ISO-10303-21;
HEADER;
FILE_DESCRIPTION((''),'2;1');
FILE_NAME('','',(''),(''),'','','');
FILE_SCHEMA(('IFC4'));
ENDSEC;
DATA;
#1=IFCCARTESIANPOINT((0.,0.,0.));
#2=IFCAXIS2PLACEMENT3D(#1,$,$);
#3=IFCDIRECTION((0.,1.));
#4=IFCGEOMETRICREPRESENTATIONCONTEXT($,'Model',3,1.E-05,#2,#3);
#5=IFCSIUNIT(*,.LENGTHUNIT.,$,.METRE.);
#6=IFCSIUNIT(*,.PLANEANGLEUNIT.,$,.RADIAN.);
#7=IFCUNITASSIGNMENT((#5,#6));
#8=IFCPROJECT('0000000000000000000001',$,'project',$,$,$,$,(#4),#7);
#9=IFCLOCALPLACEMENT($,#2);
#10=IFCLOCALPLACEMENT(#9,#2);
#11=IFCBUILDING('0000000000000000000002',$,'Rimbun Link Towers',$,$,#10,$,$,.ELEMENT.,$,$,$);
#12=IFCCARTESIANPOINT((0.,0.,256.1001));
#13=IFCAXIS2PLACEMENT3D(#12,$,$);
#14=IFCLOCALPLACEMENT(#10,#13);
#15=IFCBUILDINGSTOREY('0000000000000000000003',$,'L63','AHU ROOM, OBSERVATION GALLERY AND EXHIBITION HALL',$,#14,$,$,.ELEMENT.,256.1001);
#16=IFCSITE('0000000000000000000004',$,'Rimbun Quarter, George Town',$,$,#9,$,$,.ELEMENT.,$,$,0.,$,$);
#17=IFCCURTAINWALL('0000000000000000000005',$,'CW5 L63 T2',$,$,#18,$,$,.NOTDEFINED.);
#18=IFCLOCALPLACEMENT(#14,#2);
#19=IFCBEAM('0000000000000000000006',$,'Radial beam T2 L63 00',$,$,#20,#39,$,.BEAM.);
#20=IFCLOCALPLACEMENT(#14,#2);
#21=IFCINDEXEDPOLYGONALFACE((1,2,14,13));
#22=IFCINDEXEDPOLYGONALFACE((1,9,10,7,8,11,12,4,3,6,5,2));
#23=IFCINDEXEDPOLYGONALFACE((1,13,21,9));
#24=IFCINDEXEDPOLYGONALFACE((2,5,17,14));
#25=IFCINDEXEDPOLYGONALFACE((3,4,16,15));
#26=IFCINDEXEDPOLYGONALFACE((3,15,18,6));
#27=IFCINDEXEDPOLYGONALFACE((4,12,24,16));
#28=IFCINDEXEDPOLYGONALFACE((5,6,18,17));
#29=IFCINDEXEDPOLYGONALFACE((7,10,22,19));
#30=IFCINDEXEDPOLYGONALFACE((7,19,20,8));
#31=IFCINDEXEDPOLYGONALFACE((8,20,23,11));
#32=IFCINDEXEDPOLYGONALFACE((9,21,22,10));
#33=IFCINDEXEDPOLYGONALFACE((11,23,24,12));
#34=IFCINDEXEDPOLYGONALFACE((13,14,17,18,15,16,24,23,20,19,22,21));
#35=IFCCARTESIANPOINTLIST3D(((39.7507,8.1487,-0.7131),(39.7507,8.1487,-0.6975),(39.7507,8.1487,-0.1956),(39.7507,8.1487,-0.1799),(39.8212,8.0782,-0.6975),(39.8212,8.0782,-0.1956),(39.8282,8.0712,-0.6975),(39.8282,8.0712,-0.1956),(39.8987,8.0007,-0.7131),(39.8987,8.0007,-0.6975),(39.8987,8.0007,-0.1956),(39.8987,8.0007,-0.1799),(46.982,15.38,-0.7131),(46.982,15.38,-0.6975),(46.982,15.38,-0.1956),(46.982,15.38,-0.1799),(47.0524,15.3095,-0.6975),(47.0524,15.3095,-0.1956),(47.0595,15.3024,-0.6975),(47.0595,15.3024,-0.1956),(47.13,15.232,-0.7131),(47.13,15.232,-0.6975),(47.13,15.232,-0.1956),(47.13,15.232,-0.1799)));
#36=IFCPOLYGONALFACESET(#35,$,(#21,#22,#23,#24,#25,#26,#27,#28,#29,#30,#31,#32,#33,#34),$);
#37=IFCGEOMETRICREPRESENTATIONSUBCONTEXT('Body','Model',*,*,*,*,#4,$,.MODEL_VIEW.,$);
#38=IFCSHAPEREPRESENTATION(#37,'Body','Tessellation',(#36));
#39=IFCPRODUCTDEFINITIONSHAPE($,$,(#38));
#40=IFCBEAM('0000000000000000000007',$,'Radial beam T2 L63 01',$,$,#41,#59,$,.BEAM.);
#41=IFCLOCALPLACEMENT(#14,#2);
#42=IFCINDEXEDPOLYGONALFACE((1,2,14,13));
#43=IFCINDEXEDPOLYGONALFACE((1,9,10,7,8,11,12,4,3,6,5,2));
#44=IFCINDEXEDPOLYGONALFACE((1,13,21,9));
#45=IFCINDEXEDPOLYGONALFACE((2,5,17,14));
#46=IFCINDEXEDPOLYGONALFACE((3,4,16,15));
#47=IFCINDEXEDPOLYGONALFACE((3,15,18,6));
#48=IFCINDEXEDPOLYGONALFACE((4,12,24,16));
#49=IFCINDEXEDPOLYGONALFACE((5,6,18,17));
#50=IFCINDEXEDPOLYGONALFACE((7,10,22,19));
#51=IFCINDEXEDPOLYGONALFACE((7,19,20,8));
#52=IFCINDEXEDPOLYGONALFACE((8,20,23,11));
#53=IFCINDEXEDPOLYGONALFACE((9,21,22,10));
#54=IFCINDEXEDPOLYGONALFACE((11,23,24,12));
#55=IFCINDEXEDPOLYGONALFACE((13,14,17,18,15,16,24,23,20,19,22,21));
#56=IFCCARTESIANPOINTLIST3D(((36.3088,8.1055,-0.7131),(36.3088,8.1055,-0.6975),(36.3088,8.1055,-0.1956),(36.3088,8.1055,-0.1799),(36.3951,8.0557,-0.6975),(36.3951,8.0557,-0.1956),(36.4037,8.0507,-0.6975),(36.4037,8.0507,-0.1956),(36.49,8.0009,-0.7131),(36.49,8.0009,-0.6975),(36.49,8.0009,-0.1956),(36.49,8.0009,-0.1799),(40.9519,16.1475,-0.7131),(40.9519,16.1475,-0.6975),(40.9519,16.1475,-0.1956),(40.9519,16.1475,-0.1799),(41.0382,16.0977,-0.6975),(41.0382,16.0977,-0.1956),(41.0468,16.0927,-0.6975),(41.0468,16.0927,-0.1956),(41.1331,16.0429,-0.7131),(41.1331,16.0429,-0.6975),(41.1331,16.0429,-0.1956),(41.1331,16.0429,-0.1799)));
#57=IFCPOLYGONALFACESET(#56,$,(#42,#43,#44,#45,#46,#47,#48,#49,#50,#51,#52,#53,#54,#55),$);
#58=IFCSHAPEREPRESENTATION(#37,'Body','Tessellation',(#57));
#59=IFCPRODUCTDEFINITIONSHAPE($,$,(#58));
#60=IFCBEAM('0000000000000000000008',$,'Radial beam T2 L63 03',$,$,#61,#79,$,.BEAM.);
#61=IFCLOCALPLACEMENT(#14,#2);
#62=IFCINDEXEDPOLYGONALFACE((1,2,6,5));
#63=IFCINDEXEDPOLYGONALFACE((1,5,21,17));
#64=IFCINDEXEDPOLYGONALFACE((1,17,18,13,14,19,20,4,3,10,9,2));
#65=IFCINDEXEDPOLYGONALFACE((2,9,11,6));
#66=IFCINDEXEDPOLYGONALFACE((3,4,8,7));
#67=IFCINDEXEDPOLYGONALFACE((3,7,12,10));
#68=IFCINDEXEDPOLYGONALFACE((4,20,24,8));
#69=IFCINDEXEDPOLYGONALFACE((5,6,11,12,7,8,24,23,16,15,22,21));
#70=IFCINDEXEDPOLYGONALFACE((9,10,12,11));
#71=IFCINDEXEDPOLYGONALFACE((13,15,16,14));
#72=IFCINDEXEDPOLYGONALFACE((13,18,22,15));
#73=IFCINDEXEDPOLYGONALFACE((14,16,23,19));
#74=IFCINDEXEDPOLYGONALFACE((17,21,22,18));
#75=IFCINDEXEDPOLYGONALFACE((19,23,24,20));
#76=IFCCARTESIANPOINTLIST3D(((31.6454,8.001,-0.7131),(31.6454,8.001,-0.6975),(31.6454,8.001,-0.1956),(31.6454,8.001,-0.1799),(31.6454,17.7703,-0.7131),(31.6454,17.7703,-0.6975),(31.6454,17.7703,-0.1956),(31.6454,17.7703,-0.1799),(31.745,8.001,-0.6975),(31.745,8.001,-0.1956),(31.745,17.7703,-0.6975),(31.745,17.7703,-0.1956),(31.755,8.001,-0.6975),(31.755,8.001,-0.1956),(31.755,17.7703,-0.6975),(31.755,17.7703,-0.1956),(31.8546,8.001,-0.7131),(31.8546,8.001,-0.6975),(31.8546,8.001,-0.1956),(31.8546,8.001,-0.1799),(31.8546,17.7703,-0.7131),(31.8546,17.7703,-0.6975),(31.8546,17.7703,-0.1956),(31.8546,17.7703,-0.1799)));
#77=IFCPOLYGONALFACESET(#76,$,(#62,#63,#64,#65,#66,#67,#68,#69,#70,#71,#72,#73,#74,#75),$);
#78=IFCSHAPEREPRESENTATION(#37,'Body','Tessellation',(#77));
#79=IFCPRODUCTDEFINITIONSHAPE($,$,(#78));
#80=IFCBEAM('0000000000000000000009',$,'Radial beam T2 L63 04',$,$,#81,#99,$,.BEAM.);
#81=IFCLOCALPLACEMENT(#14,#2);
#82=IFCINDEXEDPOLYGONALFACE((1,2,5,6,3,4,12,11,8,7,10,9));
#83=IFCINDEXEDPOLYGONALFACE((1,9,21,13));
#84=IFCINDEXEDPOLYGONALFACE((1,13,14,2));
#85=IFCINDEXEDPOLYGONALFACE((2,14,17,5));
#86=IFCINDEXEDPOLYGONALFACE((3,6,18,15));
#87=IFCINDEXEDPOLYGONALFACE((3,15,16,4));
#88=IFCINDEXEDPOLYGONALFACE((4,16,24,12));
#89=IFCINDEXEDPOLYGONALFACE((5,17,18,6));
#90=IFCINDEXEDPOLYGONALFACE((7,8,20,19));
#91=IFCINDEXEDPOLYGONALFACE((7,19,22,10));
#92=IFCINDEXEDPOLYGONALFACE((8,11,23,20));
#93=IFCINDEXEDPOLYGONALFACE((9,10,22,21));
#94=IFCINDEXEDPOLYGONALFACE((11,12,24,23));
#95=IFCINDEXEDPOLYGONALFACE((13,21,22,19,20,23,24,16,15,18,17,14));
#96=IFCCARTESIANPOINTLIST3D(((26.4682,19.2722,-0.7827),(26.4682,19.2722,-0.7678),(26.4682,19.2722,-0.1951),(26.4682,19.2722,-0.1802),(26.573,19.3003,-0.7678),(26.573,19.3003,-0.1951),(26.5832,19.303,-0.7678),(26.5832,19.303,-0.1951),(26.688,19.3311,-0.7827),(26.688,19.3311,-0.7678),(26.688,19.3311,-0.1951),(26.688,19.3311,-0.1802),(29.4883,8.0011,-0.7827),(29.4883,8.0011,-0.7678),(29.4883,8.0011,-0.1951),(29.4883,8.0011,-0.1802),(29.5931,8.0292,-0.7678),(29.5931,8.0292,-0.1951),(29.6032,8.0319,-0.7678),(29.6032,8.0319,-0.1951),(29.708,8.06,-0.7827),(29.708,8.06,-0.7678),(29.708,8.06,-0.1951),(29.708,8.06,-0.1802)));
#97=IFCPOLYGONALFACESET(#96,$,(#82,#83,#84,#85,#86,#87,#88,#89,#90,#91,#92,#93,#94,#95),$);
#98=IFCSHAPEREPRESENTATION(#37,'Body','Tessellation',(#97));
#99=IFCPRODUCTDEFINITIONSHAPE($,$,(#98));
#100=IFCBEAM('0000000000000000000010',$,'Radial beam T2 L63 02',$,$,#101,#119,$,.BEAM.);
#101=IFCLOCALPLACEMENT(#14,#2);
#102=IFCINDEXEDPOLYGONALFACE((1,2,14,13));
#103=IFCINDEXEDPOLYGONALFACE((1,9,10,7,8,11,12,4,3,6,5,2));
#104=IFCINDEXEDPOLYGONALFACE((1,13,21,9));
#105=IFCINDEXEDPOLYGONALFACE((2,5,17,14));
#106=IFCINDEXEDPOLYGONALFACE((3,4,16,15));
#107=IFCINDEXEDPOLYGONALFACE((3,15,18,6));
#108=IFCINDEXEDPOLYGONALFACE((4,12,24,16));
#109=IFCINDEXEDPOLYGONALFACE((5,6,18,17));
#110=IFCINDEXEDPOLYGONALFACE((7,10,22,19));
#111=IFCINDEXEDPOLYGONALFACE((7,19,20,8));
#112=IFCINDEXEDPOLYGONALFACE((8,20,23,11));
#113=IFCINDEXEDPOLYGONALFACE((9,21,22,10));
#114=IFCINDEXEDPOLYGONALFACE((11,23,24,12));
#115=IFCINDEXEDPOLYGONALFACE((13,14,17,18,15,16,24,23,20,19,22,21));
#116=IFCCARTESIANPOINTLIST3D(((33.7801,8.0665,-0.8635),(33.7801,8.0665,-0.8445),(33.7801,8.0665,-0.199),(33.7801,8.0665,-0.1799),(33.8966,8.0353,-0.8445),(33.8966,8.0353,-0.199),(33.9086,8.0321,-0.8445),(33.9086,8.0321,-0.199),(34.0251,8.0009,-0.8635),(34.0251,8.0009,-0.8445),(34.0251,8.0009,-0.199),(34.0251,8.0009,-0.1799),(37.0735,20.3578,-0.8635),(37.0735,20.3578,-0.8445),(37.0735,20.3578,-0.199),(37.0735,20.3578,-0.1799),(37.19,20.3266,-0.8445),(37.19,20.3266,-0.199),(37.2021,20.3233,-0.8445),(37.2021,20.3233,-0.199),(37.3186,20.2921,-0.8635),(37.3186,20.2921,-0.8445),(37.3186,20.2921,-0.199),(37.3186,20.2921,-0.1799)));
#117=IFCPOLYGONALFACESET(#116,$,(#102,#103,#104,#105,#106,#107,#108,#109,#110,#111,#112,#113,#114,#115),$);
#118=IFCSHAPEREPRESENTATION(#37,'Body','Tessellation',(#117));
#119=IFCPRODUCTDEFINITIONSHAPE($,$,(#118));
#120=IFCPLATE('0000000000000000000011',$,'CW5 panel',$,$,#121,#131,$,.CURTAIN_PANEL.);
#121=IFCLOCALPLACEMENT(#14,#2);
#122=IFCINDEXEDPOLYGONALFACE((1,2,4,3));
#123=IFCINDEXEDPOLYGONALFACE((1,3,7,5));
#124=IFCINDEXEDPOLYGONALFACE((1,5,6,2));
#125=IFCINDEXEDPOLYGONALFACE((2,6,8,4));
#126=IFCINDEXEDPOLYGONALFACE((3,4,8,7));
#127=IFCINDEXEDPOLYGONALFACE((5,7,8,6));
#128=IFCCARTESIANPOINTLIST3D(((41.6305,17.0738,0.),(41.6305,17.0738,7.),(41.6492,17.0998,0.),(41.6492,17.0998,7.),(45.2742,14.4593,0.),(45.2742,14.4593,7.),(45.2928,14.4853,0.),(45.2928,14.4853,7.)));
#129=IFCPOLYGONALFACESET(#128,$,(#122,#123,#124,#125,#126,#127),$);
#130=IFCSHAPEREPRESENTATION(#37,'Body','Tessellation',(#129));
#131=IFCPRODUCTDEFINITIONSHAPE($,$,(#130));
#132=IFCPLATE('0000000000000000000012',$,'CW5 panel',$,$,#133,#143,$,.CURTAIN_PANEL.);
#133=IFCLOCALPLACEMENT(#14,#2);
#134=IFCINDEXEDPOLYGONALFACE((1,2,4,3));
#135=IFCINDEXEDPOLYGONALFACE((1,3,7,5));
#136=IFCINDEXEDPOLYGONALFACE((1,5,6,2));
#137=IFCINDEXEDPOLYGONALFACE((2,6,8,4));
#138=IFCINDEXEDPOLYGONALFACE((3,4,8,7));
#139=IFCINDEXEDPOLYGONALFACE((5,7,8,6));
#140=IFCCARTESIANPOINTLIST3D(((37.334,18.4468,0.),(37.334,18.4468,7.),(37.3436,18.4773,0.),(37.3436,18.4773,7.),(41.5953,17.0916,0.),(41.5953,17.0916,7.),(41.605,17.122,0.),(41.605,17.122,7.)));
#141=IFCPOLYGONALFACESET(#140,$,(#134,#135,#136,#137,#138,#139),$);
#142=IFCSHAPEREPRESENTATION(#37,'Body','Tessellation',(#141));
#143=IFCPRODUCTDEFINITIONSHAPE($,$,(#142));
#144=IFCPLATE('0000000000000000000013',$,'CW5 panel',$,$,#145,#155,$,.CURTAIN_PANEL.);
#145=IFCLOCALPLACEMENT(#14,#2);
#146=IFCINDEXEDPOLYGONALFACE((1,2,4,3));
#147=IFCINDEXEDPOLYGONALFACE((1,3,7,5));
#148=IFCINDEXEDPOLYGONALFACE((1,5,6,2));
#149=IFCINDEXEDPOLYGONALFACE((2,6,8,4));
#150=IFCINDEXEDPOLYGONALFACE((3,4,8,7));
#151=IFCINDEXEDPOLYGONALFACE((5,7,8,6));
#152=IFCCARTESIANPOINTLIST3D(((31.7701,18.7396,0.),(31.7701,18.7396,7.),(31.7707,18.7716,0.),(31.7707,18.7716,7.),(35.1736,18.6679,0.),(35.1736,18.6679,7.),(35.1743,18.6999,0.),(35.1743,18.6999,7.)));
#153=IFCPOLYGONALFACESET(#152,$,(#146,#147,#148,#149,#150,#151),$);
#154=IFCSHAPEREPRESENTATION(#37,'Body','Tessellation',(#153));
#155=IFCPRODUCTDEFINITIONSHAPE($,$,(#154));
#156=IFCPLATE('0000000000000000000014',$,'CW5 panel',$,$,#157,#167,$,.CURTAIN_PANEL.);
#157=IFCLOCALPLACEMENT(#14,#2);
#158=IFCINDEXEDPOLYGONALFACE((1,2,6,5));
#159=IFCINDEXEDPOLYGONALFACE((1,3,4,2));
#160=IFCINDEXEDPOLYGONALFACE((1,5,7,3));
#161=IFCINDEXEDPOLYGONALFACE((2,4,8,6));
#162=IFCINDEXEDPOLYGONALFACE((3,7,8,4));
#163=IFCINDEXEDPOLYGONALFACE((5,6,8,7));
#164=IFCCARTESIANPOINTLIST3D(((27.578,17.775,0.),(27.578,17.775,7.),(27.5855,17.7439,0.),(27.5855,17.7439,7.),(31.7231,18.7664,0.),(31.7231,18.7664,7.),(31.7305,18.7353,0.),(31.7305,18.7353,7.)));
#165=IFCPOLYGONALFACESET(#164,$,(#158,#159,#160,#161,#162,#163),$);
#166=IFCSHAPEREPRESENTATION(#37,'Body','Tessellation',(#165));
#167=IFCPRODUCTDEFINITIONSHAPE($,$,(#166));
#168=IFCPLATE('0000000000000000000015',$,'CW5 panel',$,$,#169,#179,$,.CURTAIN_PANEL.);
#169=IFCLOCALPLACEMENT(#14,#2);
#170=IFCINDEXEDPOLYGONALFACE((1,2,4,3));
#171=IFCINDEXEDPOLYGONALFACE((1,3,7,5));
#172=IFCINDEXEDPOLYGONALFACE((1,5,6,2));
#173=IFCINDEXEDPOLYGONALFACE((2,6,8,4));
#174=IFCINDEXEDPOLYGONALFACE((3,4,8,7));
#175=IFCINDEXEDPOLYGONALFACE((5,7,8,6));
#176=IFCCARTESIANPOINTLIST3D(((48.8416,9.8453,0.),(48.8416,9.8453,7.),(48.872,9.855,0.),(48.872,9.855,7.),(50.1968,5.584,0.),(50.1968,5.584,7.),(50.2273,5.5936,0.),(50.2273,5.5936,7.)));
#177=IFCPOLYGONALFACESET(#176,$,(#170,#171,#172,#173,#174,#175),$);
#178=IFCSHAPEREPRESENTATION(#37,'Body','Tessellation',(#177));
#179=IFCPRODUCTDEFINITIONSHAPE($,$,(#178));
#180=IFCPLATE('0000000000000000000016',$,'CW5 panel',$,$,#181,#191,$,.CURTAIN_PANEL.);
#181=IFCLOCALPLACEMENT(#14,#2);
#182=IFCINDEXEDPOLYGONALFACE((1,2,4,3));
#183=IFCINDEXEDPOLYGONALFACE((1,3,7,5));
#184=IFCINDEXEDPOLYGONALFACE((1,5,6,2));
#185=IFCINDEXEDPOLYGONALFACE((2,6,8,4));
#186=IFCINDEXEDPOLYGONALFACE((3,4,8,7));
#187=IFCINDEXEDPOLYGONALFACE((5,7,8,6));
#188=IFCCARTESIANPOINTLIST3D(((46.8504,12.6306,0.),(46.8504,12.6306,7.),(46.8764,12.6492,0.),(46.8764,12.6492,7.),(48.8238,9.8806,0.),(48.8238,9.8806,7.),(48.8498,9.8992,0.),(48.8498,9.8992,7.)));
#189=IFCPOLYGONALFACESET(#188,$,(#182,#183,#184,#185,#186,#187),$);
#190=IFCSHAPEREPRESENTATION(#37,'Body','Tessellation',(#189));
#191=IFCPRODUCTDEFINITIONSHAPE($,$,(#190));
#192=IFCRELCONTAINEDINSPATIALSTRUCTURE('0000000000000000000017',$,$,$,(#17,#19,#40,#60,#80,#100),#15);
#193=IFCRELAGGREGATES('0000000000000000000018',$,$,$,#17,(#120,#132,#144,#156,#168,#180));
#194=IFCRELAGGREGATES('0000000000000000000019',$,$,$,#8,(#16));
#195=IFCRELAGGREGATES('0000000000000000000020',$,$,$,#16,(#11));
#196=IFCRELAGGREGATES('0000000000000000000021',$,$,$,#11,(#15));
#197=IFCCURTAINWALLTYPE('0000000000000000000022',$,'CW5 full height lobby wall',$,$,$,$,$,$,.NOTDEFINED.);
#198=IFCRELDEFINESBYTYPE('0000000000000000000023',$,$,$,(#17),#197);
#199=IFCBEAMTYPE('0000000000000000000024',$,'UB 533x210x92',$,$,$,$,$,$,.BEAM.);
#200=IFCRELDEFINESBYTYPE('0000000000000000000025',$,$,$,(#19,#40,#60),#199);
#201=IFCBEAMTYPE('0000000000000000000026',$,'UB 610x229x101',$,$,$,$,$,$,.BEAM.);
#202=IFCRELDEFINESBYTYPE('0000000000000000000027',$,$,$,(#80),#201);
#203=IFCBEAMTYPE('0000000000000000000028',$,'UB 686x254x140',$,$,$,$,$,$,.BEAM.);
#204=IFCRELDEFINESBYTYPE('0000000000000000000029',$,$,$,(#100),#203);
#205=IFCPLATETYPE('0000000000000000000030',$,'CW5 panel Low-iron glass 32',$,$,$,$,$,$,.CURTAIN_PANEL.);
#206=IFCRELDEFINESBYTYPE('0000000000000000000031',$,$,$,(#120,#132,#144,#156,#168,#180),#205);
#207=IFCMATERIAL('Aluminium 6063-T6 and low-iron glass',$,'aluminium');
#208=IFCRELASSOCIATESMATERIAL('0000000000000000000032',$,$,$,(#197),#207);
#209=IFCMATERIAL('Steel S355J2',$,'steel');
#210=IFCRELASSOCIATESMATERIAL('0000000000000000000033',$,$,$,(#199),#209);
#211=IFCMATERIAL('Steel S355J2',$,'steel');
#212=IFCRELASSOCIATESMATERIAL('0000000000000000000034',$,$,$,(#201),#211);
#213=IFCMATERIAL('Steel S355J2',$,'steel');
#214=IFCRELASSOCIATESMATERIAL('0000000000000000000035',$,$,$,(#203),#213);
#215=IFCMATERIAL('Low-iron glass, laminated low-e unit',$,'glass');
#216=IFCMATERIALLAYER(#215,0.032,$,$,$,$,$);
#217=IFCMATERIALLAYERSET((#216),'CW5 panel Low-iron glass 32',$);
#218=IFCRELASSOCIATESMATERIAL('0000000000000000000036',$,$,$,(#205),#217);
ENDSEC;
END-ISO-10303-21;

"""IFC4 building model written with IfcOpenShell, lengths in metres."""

from ifc_helpers import new_model, si_unit, direction, frame, origin, origin_2d, place, context, subcontext, project, spatial, rectangle, i_section, extrude, material, layer, layer_set, material_profile, profile_set, type_object, element, aggregate, save


model = new_model("IFC4")

# Units and contexts
model_context = context("Model", 3, precision=1e-05, world=origin(), true_north=direction((0.0, 1.0)))
body_context = subcontext(model_context, "Body", "Model", "MODEL_VIEW")
ifc_project = project(units=[si_unit("LENGTHUNIT", "METRE"), si_unit("PLANEANGLEUNIT", "RADIAN")], contexts=[model_context])

# Site, building, storey
site_placement = place(None, origin())
site = spatial("IfcSite", under=ifc_project, at=site_placement, Name="Rimbun Quarter, George Town", CompositionType="ELEMENT", RefElevation=0.0)
building_placement = place(site_placement, origin())
building = spatial("IfcBuilding", under=site, at=building_placement, Name="Rimbun Link Towers", CompositionType="ELEMENT")
storey_placement = place(building_placement, frame((0.0, 0.0, 256.1001)))
storey = spatial("IfcBuildingStorey", under=building, at=storey_placement, Name="L63", Description="AHU ROOM, OBSERVATION GALLERY AND EXHIBITION HALL", CompositionType="ELEMENT", Elevation=256.1001)

# Curtain wall
ifc_material_1 = material(Name="Aluminium 6063-T6 and low-iron glass", Category="aluminium")
curtain_wall_type = type_object("IfcCurtainWallType", Name="CW5 full height lobby wall", PredefinedType="NOTDEFINED", material=ifc_material_1)
curtain_wall_placement = place(storey_placement, origin())
curtain_wall = element("IfcCurtainWall", 1, at=curtain_wall_placement, inside=storey, type_object=curtain_wall_type, Name="CW5 L63 T2", PredefinedType="NOTDEFINED")

# Beams
ifc_material_2 = material(Name="Steel S355J2", Category="steel")
ifc_material_profile_1 = material_profile(ifc_material_2, i_section(OverallWidth=0.2092, OverallDepth=0.5332, WebThickness=0.01, FlangeThickness=0.0156, at=origin_2d()), Name="UB 533x210x92")
ifc_profile_set_1 = profile_set([ifc_material_profile_1], Name="Steel S355J2")
beam_type_1 = type_object("IfcBeamType", Name="UB 533x210x92", PredefinedType="BEAM", material=ifc_profile_set_1)
beam_1_placement = place(storey_placement, frame((39.8247, 8.0747, -0.4465), z_axis=(0.707107, 0.707107, 0.0), x_axis=(-0.707107, 0.707107, 0.0)))
element("IfcBeam", 2, at=beam_1_placement, inside=storey, type_object=beam_type_1, Name="Radial beam T2 L63 00", PredefinedType="BEAM", context=body_context, shape_type="SweptSolid", body=[
    extrude(i_section(OverallWidth=0.2092, OverallDepth=0.5332, WebThickness=0.01, FlangeThickness=0.0156, at=origin_2d()), origin(), (0.0, 0.0, 1.0), 10.2266),
])
beam_2_placement = place(storey_placement, frame((36.3994, 8.0532, -0.4465), z_axis=(0.500002, 0.866024, 0.0), x_axis=(-0.866024, 0.500002, 0.0)))
element("IfcBeam", 3, at=beam_2_placement, inside=storey, type_object=beam_type_1, Name="Radial beam T2 L63 01", PredefinedType="BEAM", context=body_context, shape_type="SweptSolid", body=[
    extrude(i_section(OverallWidth=0.2092, OverallDepth=0.5332, WebThickness=0.01, FlangeThickness=0.0156, at=origin_2d()), origin(), (0.0, 0.0, 1.0), 9.2861),
])
beam_3_placement = place(storey_placement, frame((31.75, 8.001, -0.4465), z_axis=(0.0, 1.0, 0.0), x_axis=(-1.0, 0.0, 0.0)))
element("IfcBeam", 4, at=beam_3_placement, inside=storey, type_object=beam_type_1, Name="Radial beam T2 L63 03", PredefinedType="BEAM", context=body_context, shape_type="SweptSolid", body=[
    extrude(i_section(OverallWidth=0.2092, OverallDepth=0.5332, WebThickness=0.01, FlangeThickness=0.0156, at=origin_2d()), origin(), (0.0, 0.0, 1.0), 9.7693),
])
ifc_material_3 = material(Name="Steel S355J2", Category="steel")
ifc_material_profile_2 = material_profile(ifc_material_3, i_section(OverallWidth=0.2275, OverallDepth=0.6025, WebThickness=0.0105, FlangeThickness=0.0149, at=origin_2d()), Name="UB 610x229x101")
ifc_profile_set_2 = profile_set([ifc_material_profile_2], Name="Steel S355J2")
beam_type_2 = type_object("IfcBeamType", Name="UB 610x229x101", PredefinedType="BEAM", material=ifc_profile_set_2)
beam_4_placement = place(storey_placement, frame((29.5981, 8.0305, -0.4814), z_axis=(-0.258816, 0.965927, 0.0), x_axis=(-0.965927, -0.258816, 0.0)))
element("IfcBeam", 5, at=beam_4_placement, inside=storey, type_object=beam_type_2, Name="Radial beam T2 L63 04", PredefinedType="BEAM", context=body_context, shape_type="SweptSolid", body=[
    extrude(i_section(OverallWidth=0.2275, OverallDepth=0.6025, WebThickness=0.0105, FlangeThickness=0.0149, at=origin_2d()), origin(), (0.0, 0.0, 1.0), 11.6687),
])
ifc_material_4 = material(Name="Steel S355J2", Category="steel")
ifc_material_profile_3 = material_profile(ifc_material_4, i_section(OverallWidth=0.2537, OverallDepth=0.6836, WebThickness=0.0125, FlangeThickness=0.019, at=origin_2d()), Name="UB 686x254x140")
ifc_profile_set_3 = profile_set([ifc_material_profile_3], Name="Steel S355J2")
beam_type_3 = type_object("IfcBeamType", Name="UB 686x254x140", PredefinedType="BEAM", material=ifc_profile_set_3)
beam_5_placement = place(storey_placement, frame((33.9026, 8.0337, -0.5217), z_axis=(0.258821, 0.965925, 0.0), x_axis=(-0.965925, 0.258821, 0.0)))
element("IfcBeam", 6, at=beam_5_placement, inside=storey, type_object=beam_type_3, Name="Radial beam T2 L63 02", PredefinedType="BEAM", context=body_context, shape_type="SweptSolid", body=[
    extrude(i_section(OverallWidth=0.2537, OverallDepth=0.6836, WebThickness=0.0125, FlangeThickness=0.019, at=origin_2d()), origin(), (0.0, 0.0, 1.0), 12.7249),
])

# Plates
ifc_material_5 = material(Name="Low-iron glass, laminated low-e unit", Category="glass")
ifc_layer_1 = layer(ifc_material_5, 0.032)
ifc_layer_set_1 = layer_set([ifc_layer_1], Name="CW5 panel Low-iron glass 32")
plate_type = type_object("IfcPlateType", Name="CW5 panel Low-iron glass 32", PredefinedType="CURTAIN_PANEL", material=ifc_layer_set_1)
plate_1_placement = place(storey_placement, frame((43.4617, 15.7795, 0.0), z_axis=(0.0, 0.0, 1.0), x_axis=(0.812468, -0.583006, 0.0)))
plate_1 = element("IfcPlate", 7, at=plate_1_placement, type_object=plate_type, Name="CW5 panel", PredefinedType="CURTAIN_PANEL", context=body_context, shape_type="SweptSolid", body=[
    extrude(rectangle(XDim=4.4846, YDim=0.032, at=origin_2d()), origin(), (0.0, 0.0, 1.0), 7.0),
])
plate_2_placement = place(storey_placement, frame((39.4695, 17.7844, 0.0), z_axis=(0.0, 0.0, 1.0), x_axis=(0.952967, -0.303074, 0.0)))
plate_2 = element("IfcPlate", 8, at=plate_2_placement, type_object=plate_type, Name="CW5 panel", PredefinedType="CURTAIN_PANEL", context=body_context, shape_type="SweptSolid", body=[
    extrude(rectangle(XDim=4.4717, YDim=0.032, at=origin_2d()), origin(), (0.0, 0.0, 1.0), 7.0),
])
plate_3_placement = place(storey_placement, frame((33.4722, 18.7197, 0.0), z_axis=(0.0, 0.0, 1.0), x_axis=(0.999778, -0.021064, 0.0)))
plate_3 = element("IfcPlate", 9, at=plate_3_placement, type_object=plate_type, Name="CW5 panel", PredefinedType="CURTAIN_PANEL", context=body_context, shape_type="SweptSolid", body=[
    extrude(rectangle(XDim=3.4043, YDim=0.032, at=origin_2d()), origin(), (0.0, 0.0, 1.0), 7.0),
])
plate_4_placement = place(storey_placement, frame((29.6543, 18.2551, 0.0), z_axis=(0.0, 0.0, 1.0), x_axis=(0.972571, 0.232606, 0.0)))
plate_4 = element("IfcPlate", 10, at=plate_4_placement, type_object=plate_type, Name="CW5 panel", PredefinedType="CURTAIN_PANEL", context=body_context, shape_type="SweptSolid", body=[
    extrude(rectangle(XDim=4.262, YDim=0.032, at=origin_2d()), origin(), (0.0, 0.0, 1.0), 7.0),
])
plate_5_placement = place(storey_placement, frame((49.5344, 7.7195, 0.0), z_axis=(0.0, 0.0, 1.0), x_axis=(0.303074, -0.952967, 0.0)))
plate_5 = element("IfcPlate", 11, at=plate_5_placement, type_object=plate_type, Name="CW5 panel", PredefinedType="CURTAIN_PANEL", context=body_context, shape_type="SweptSolid", body=[
    extrude(rectangle(XDim=4.4717, YDim=0.032, at=origin_2d()), origin(), (0.0, 0.0, 1.0), 7.0),
])
plate_6_placement = place(storey_placement, frame((47.8501, 11.2649, 0.0), z_axis=(0.0, 0.0, 1.0), x_axis=(0.583006, -0.812468, 0.0)))
plate_6 = element("IfcPlate", 12, at=plate_6_placement, type_object=plate_type, Name="CW5 panel", PredefinedType="CURTAIN_PANEL", context=body_context, shape_type="SweptSolid", body=[
    extrude(rectangle(XDim=3.3848, YDim=0.032, at=origin_2d()), origin(), (0.0, 0.0, 1.0), 7.0),
])
aggregate(curtain_wall, [plate_1, plate_2, plate_3, plate_4, plate_5, plate_6])

save(model, "model.ifc")
